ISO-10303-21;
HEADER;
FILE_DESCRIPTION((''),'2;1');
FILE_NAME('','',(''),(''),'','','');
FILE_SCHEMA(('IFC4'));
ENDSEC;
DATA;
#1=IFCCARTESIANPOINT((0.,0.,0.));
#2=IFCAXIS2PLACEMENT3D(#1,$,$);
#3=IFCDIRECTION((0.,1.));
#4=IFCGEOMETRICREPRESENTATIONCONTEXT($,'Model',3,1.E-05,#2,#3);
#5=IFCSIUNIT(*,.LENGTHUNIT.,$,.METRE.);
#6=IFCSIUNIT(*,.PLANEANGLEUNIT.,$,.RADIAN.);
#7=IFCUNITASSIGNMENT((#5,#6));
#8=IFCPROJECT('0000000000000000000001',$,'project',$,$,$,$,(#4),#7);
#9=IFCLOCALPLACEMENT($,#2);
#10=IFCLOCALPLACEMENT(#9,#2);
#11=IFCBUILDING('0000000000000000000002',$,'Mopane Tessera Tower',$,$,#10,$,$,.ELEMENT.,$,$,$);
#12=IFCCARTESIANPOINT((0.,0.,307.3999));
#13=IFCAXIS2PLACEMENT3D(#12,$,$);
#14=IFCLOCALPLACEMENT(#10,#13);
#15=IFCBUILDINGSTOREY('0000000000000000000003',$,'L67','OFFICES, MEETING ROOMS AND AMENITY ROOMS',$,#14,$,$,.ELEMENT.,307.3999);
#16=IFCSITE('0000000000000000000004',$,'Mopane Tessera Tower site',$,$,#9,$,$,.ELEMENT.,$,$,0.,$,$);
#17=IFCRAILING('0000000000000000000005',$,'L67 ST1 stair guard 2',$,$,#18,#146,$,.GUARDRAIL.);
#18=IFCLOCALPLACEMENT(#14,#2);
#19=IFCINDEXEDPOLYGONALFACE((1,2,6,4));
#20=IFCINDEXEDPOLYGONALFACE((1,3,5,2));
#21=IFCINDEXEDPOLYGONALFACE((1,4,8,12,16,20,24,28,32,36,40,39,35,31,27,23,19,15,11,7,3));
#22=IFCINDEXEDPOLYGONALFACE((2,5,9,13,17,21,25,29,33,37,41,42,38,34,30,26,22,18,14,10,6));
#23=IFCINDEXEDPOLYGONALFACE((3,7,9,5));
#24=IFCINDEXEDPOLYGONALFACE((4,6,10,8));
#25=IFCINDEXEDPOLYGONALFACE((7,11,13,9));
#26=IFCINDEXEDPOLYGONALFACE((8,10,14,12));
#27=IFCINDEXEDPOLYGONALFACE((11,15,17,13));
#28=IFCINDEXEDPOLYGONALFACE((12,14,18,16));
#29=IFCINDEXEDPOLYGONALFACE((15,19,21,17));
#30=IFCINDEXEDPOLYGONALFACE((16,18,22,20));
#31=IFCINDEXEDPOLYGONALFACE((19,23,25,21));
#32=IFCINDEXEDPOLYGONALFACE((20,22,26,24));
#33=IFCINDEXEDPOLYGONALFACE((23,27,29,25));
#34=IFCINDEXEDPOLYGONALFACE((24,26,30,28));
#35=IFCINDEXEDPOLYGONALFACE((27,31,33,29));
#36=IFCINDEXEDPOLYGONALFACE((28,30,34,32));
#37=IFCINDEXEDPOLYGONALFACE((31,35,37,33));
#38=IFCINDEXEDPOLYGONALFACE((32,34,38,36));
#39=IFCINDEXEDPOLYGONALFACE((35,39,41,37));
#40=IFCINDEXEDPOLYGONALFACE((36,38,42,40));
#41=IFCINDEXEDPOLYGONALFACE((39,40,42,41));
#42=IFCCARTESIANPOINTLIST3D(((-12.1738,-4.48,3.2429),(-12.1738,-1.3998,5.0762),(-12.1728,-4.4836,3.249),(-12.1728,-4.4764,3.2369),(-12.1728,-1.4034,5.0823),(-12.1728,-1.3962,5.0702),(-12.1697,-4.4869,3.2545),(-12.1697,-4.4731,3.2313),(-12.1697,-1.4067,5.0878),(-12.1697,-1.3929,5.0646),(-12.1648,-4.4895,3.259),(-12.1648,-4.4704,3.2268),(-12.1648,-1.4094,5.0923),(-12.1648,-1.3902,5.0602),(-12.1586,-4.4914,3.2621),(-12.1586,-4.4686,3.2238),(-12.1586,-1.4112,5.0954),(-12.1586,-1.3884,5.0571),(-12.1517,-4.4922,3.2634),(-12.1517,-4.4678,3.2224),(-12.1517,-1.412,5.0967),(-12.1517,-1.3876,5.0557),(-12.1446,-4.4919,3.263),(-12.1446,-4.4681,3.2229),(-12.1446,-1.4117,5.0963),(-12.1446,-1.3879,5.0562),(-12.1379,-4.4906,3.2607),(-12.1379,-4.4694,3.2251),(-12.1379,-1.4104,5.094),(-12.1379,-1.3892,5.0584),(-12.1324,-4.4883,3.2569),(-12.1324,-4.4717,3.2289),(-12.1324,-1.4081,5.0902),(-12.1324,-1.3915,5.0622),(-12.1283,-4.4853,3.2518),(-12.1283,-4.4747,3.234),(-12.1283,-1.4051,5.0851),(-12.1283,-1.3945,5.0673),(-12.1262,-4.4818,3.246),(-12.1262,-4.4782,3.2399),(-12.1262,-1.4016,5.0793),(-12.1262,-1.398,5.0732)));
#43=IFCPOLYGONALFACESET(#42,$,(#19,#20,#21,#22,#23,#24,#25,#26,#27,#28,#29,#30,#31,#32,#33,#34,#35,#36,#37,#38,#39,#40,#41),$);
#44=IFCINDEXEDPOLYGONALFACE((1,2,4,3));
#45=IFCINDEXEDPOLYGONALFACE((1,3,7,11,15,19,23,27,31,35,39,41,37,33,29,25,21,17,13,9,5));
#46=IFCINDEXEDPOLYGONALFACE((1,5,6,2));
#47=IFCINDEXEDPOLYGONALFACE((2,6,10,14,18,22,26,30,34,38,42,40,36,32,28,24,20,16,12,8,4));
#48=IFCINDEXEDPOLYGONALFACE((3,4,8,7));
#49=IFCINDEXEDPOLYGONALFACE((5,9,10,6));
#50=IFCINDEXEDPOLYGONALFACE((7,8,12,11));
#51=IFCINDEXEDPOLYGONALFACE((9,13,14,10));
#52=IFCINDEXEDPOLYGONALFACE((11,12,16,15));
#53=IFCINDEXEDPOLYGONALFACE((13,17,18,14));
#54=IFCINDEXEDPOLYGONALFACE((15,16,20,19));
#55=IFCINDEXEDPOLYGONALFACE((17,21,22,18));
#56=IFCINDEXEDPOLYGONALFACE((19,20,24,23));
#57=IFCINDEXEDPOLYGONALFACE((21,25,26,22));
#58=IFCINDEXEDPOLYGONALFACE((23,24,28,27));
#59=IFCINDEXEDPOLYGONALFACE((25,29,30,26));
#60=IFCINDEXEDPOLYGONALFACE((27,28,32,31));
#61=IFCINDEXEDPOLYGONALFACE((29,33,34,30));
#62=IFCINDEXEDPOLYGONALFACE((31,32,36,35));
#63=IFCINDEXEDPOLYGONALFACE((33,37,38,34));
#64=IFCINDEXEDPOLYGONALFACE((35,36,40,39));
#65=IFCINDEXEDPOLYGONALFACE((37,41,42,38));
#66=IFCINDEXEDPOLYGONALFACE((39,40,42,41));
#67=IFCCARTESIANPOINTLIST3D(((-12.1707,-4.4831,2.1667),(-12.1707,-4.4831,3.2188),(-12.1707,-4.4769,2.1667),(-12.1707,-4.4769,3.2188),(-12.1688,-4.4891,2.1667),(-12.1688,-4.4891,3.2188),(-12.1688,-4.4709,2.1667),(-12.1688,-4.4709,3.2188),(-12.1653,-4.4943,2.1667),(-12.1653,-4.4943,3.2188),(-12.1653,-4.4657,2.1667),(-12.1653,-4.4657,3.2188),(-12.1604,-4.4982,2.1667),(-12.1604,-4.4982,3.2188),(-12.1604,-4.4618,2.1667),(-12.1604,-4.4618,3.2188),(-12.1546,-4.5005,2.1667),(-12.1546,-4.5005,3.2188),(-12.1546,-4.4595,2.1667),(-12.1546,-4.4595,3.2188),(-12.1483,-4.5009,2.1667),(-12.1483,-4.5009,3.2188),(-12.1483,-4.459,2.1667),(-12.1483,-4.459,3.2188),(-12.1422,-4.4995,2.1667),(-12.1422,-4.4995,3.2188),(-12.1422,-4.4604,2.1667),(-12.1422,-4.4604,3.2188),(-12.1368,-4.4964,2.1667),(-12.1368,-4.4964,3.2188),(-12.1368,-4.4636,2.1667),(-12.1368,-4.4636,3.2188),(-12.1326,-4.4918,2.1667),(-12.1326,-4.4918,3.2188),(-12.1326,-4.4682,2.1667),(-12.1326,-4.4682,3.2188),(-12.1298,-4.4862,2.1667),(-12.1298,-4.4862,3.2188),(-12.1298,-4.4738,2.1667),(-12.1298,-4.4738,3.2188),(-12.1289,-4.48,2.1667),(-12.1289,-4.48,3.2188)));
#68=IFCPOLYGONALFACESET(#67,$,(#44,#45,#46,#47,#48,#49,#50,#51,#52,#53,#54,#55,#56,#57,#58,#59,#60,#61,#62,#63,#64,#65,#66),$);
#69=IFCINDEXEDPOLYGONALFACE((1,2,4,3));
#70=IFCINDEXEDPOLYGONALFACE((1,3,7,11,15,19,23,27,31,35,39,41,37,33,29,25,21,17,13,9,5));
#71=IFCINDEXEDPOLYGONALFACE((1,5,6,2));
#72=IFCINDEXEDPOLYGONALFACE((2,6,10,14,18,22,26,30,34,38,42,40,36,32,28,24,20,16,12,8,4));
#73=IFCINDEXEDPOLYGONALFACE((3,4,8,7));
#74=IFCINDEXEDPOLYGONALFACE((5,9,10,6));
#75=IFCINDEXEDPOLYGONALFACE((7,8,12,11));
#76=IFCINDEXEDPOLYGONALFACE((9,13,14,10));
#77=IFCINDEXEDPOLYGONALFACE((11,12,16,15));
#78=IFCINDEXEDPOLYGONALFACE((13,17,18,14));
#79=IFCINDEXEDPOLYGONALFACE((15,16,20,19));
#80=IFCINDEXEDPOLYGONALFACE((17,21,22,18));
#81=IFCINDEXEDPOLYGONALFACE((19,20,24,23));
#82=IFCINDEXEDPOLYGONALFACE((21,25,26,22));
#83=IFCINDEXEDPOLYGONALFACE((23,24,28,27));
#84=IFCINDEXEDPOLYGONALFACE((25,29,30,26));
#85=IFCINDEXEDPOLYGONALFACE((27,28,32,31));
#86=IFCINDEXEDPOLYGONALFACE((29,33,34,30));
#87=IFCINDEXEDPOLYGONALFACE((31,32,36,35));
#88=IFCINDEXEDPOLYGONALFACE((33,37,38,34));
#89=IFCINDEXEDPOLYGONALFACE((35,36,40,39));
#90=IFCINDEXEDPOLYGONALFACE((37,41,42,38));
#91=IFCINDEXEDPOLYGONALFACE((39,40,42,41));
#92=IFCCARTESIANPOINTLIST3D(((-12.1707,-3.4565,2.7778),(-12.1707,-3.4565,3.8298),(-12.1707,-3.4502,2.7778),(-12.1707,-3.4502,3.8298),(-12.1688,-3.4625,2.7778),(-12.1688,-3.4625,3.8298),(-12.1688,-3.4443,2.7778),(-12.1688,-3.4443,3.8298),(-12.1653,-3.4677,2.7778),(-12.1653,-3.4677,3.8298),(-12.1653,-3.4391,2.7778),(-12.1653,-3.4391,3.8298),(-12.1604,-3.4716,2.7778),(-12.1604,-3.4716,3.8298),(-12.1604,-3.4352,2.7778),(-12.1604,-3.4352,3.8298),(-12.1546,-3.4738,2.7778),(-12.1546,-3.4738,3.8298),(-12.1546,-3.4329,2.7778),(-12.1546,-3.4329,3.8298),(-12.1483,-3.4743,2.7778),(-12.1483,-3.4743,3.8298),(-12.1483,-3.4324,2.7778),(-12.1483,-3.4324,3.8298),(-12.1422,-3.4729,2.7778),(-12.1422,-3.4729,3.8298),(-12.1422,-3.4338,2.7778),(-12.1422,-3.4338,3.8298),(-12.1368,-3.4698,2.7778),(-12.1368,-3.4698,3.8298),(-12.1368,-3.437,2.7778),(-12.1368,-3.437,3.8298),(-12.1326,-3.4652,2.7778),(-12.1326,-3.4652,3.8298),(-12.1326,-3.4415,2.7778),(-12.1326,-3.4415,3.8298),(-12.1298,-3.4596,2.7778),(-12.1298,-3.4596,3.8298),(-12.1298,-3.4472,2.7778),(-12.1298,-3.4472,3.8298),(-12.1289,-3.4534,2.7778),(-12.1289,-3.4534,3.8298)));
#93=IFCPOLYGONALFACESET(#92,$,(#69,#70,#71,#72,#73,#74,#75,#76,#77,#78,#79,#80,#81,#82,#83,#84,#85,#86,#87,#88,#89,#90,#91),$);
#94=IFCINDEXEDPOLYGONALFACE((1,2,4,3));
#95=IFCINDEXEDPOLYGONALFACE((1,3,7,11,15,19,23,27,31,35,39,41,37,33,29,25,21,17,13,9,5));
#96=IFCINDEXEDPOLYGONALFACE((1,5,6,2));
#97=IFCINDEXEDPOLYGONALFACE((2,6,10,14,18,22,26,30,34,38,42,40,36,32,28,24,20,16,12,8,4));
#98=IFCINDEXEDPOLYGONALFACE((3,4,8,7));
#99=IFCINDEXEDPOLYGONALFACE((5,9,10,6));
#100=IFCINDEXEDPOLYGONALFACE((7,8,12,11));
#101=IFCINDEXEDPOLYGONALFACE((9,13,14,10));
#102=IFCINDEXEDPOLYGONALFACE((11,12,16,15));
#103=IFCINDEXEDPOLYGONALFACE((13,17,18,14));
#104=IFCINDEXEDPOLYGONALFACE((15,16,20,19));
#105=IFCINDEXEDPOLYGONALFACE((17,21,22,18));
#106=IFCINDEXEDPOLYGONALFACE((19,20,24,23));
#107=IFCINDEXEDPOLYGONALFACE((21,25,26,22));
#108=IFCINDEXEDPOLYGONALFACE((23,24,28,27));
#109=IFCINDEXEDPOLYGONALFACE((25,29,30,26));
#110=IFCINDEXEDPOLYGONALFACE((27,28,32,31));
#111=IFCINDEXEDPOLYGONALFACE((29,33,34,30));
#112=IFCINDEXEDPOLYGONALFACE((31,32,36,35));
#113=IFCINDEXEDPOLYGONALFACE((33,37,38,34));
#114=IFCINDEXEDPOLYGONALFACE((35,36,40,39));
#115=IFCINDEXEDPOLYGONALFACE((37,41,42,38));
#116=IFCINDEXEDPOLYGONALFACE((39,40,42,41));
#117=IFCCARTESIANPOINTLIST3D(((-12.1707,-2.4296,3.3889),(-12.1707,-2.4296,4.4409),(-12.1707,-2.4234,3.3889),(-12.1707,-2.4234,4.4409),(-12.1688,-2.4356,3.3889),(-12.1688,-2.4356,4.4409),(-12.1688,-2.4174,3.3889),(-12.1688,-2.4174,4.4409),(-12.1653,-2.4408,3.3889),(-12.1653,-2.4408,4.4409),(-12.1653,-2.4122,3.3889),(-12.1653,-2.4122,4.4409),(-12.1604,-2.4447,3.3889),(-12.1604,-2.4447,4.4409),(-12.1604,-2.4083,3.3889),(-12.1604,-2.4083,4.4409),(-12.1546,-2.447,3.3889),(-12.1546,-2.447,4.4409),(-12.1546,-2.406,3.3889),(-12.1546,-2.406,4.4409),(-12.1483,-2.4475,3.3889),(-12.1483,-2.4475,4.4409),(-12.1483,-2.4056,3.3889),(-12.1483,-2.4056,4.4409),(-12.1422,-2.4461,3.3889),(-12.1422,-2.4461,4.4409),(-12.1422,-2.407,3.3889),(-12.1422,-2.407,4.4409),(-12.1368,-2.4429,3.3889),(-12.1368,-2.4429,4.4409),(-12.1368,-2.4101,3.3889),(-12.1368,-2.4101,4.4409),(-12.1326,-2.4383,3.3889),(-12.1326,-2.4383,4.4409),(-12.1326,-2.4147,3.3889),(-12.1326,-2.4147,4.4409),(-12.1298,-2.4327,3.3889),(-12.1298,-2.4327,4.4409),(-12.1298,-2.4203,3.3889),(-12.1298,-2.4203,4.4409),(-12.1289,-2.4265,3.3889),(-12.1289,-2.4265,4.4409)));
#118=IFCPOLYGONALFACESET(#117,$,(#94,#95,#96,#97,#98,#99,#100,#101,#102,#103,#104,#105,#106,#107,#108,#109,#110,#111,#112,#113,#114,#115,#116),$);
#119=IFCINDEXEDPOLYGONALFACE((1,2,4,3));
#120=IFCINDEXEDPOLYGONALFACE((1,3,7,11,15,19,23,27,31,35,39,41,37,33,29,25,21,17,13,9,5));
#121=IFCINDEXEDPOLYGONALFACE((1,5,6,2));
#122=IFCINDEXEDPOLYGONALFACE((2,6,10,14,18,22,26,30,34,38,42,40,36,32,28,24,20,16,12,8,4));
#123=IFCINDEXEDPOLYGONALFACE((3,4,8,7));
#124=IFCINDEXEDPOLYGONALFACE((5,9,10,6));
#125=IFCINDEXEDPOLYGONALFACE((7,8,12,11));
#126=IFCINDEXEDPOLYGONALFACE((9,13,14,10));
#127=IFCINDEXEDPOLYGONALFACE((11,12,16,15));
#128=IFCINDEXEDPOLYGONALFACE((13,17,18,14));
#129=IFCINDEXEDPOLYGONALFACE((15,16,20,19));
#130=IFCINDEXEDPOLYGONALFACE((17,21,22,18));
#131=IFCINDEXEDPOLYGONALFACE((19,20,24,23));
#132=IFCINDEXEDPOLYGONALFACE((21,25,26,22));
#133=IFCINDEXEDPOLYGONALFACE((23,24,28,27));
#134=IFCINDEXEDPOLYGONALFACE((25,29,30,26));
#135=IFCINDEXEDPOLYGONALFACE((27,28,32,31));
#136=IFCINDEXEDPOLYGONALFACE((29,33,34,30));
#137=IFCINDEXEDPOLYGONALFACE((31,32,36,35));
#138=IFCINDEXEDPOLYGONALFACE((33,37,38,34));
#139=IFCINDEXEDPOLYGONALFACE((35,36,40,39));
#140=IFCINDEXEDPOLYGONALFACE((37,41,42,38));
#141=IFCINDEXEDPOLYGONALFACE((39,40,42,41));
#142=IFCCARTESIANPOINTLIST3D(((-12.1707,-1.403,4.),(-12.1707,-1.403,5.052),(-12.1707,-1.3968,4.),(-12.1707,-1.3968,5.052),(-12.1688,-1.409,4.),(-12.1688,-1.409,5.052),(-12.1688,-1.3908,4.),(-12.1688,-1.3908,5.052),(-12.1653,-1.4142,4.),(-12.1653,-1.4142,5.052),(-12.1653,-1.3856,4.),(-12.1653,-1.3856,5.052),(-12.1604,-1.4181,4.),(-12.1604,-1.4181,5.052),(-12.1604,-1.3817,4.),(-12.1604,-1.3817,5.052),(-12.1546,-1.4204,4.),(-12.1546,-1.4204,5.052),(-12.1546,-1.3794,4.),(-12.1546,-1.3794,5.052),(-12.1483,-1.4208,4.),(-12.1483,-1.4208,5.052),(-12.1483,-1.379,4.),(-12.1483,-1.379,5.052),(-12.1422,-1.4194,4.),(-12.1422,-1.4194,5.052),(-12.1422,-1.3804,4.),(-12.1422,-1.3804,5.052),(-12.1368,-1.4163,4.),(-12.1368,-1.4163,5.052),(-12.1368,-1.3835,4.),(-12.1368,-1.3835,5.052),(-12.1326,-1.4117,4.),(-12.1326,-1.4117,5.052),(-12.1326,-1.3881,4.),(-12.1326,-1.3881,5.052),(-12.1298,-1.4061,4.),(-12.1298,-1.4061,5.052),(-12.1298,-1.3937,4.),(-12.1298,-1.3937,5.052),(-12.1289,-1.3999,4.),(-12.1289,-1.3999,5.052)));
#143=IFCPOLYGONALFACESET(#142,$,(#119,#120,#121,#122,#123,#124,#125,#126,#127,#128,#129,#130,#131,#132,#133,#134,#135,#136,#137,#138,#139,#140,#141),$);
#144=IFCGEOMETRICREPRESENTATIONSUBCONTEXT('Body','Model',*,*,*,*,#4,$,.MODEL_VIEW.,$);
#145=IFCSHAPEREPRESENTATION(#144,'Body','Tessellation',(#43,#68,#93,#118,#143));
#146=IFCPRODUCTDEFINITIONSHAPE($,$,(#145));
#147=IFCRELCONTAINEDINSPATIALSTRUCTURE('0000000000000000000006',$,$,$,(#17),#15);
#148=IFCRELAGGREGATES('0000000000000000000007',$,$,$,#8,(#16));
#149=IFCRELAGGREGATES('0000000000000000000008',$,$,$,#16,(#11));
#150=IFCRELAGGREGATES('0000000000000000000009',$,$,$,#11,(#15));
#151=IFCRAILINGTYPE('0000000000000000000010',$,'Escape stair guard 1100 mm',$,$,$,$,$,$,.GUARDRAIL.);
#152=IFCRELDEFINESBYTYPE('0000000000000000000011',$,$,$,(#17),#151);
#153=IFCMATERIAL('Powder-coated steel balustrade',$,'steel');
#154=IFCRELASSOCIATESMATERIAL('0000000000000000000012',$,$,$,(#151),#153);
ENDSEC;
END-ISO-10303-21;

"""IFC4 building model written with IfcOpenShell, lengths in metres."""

from ifc_helpers import new_model, si_unit, direction, frame, origin, origin_2d, place, context, subcontext, project, spatial, circle, extrude, material, type_object, element, save


model = new_model("IFC4")

# Units and contexts
model_context = context("Model", 3, precision=1e-05, world=origin(), true_north=direction((0.0, 1.0)))
body_context = subcontext(model_context, "Body", "Model", "MODEL_VIEW")
ifc_project = project(units=[si_unit("LENGTHUNIT", "METRE"), si_unit("PLANEANGLEUNIT", "RADIAN")], contexts=[model_context])

# Site, building, storey
site_placement = place(None, origin())
site = spatial("IfcSite", under=ifc_project, at=site_placement, Name="Mopane Tessera Tower site", CompositionType="ELEMENT", RefElevation=0.0)
building_placement = place(site_placement, origin())
building = spatial("IfcBuilding", under=site, at=building_placement, Name="Mopane Tessera Tower", CompositionType="ELEMENT")
storey_placement = place(building_placement, frame((0.0, 0.0, 307.3999)))
storey = spatial("IfcBuildingStorey", under=building, at=storey_placement, Name="L67", Description="OFFICES, MEETING ROOMS AND AMENITY ROOMS", CompositionType="ELEMENT", Elevation=307.3999)

# Railing
ifc_material_1 = material(Name="Powder-coated steel balustrade", Category="steel")
railing_type_1 = type_object("IfcRailingType", Name="Escape stair guard 1100 mm", PredefinedType="GUARDRAIL", material=ifc_material_1)
railing_1_placement = place(storey_placement, frame((-12.1499, -4.48, 2.1667)))
element("IfcRailing", 1, at=railing_1_placement, inside=storey, type_object=railing_type_1, Name="L67 ST1 stair guard 2", PredefinedType="GUARDRAIL", context=body_context, shape_type="SweptSolid", body=[
    extrude(circle(Radius=0.0239, at=origin_2d()), frame((0.0, 0.0, 1.0762), z_axis=(0.0, 0.859309, 0.511458), x_axis=(-1.0, 0.0, 0.0)), (0.0, 0.0, 1.0), 3.5845),
    extrude(circle(Radius=0.021, at=origin_2d()), origin(), (0.0, 0.0, 1.0), 1.052),
    extrude(circle(Radius=0.021, at=origin_2d()), frame((0.0, 1.0266, 0.6111)), (0.0, 0.0, 1.0), 1.052),
    extrude(circle(Radius=0.021, at=origin_2d()), frame((0.0, 2.0535, 1.2222)), (0.0, 0.0, 1.0), 1.052),
    extrude(circle(Radius=0.021, at=origin_2d()), frame((0.0, 3.0801, 1.8333)), (0.0, 0.0, 1.0), 1.052),
])

save(model, "model.ifc")
